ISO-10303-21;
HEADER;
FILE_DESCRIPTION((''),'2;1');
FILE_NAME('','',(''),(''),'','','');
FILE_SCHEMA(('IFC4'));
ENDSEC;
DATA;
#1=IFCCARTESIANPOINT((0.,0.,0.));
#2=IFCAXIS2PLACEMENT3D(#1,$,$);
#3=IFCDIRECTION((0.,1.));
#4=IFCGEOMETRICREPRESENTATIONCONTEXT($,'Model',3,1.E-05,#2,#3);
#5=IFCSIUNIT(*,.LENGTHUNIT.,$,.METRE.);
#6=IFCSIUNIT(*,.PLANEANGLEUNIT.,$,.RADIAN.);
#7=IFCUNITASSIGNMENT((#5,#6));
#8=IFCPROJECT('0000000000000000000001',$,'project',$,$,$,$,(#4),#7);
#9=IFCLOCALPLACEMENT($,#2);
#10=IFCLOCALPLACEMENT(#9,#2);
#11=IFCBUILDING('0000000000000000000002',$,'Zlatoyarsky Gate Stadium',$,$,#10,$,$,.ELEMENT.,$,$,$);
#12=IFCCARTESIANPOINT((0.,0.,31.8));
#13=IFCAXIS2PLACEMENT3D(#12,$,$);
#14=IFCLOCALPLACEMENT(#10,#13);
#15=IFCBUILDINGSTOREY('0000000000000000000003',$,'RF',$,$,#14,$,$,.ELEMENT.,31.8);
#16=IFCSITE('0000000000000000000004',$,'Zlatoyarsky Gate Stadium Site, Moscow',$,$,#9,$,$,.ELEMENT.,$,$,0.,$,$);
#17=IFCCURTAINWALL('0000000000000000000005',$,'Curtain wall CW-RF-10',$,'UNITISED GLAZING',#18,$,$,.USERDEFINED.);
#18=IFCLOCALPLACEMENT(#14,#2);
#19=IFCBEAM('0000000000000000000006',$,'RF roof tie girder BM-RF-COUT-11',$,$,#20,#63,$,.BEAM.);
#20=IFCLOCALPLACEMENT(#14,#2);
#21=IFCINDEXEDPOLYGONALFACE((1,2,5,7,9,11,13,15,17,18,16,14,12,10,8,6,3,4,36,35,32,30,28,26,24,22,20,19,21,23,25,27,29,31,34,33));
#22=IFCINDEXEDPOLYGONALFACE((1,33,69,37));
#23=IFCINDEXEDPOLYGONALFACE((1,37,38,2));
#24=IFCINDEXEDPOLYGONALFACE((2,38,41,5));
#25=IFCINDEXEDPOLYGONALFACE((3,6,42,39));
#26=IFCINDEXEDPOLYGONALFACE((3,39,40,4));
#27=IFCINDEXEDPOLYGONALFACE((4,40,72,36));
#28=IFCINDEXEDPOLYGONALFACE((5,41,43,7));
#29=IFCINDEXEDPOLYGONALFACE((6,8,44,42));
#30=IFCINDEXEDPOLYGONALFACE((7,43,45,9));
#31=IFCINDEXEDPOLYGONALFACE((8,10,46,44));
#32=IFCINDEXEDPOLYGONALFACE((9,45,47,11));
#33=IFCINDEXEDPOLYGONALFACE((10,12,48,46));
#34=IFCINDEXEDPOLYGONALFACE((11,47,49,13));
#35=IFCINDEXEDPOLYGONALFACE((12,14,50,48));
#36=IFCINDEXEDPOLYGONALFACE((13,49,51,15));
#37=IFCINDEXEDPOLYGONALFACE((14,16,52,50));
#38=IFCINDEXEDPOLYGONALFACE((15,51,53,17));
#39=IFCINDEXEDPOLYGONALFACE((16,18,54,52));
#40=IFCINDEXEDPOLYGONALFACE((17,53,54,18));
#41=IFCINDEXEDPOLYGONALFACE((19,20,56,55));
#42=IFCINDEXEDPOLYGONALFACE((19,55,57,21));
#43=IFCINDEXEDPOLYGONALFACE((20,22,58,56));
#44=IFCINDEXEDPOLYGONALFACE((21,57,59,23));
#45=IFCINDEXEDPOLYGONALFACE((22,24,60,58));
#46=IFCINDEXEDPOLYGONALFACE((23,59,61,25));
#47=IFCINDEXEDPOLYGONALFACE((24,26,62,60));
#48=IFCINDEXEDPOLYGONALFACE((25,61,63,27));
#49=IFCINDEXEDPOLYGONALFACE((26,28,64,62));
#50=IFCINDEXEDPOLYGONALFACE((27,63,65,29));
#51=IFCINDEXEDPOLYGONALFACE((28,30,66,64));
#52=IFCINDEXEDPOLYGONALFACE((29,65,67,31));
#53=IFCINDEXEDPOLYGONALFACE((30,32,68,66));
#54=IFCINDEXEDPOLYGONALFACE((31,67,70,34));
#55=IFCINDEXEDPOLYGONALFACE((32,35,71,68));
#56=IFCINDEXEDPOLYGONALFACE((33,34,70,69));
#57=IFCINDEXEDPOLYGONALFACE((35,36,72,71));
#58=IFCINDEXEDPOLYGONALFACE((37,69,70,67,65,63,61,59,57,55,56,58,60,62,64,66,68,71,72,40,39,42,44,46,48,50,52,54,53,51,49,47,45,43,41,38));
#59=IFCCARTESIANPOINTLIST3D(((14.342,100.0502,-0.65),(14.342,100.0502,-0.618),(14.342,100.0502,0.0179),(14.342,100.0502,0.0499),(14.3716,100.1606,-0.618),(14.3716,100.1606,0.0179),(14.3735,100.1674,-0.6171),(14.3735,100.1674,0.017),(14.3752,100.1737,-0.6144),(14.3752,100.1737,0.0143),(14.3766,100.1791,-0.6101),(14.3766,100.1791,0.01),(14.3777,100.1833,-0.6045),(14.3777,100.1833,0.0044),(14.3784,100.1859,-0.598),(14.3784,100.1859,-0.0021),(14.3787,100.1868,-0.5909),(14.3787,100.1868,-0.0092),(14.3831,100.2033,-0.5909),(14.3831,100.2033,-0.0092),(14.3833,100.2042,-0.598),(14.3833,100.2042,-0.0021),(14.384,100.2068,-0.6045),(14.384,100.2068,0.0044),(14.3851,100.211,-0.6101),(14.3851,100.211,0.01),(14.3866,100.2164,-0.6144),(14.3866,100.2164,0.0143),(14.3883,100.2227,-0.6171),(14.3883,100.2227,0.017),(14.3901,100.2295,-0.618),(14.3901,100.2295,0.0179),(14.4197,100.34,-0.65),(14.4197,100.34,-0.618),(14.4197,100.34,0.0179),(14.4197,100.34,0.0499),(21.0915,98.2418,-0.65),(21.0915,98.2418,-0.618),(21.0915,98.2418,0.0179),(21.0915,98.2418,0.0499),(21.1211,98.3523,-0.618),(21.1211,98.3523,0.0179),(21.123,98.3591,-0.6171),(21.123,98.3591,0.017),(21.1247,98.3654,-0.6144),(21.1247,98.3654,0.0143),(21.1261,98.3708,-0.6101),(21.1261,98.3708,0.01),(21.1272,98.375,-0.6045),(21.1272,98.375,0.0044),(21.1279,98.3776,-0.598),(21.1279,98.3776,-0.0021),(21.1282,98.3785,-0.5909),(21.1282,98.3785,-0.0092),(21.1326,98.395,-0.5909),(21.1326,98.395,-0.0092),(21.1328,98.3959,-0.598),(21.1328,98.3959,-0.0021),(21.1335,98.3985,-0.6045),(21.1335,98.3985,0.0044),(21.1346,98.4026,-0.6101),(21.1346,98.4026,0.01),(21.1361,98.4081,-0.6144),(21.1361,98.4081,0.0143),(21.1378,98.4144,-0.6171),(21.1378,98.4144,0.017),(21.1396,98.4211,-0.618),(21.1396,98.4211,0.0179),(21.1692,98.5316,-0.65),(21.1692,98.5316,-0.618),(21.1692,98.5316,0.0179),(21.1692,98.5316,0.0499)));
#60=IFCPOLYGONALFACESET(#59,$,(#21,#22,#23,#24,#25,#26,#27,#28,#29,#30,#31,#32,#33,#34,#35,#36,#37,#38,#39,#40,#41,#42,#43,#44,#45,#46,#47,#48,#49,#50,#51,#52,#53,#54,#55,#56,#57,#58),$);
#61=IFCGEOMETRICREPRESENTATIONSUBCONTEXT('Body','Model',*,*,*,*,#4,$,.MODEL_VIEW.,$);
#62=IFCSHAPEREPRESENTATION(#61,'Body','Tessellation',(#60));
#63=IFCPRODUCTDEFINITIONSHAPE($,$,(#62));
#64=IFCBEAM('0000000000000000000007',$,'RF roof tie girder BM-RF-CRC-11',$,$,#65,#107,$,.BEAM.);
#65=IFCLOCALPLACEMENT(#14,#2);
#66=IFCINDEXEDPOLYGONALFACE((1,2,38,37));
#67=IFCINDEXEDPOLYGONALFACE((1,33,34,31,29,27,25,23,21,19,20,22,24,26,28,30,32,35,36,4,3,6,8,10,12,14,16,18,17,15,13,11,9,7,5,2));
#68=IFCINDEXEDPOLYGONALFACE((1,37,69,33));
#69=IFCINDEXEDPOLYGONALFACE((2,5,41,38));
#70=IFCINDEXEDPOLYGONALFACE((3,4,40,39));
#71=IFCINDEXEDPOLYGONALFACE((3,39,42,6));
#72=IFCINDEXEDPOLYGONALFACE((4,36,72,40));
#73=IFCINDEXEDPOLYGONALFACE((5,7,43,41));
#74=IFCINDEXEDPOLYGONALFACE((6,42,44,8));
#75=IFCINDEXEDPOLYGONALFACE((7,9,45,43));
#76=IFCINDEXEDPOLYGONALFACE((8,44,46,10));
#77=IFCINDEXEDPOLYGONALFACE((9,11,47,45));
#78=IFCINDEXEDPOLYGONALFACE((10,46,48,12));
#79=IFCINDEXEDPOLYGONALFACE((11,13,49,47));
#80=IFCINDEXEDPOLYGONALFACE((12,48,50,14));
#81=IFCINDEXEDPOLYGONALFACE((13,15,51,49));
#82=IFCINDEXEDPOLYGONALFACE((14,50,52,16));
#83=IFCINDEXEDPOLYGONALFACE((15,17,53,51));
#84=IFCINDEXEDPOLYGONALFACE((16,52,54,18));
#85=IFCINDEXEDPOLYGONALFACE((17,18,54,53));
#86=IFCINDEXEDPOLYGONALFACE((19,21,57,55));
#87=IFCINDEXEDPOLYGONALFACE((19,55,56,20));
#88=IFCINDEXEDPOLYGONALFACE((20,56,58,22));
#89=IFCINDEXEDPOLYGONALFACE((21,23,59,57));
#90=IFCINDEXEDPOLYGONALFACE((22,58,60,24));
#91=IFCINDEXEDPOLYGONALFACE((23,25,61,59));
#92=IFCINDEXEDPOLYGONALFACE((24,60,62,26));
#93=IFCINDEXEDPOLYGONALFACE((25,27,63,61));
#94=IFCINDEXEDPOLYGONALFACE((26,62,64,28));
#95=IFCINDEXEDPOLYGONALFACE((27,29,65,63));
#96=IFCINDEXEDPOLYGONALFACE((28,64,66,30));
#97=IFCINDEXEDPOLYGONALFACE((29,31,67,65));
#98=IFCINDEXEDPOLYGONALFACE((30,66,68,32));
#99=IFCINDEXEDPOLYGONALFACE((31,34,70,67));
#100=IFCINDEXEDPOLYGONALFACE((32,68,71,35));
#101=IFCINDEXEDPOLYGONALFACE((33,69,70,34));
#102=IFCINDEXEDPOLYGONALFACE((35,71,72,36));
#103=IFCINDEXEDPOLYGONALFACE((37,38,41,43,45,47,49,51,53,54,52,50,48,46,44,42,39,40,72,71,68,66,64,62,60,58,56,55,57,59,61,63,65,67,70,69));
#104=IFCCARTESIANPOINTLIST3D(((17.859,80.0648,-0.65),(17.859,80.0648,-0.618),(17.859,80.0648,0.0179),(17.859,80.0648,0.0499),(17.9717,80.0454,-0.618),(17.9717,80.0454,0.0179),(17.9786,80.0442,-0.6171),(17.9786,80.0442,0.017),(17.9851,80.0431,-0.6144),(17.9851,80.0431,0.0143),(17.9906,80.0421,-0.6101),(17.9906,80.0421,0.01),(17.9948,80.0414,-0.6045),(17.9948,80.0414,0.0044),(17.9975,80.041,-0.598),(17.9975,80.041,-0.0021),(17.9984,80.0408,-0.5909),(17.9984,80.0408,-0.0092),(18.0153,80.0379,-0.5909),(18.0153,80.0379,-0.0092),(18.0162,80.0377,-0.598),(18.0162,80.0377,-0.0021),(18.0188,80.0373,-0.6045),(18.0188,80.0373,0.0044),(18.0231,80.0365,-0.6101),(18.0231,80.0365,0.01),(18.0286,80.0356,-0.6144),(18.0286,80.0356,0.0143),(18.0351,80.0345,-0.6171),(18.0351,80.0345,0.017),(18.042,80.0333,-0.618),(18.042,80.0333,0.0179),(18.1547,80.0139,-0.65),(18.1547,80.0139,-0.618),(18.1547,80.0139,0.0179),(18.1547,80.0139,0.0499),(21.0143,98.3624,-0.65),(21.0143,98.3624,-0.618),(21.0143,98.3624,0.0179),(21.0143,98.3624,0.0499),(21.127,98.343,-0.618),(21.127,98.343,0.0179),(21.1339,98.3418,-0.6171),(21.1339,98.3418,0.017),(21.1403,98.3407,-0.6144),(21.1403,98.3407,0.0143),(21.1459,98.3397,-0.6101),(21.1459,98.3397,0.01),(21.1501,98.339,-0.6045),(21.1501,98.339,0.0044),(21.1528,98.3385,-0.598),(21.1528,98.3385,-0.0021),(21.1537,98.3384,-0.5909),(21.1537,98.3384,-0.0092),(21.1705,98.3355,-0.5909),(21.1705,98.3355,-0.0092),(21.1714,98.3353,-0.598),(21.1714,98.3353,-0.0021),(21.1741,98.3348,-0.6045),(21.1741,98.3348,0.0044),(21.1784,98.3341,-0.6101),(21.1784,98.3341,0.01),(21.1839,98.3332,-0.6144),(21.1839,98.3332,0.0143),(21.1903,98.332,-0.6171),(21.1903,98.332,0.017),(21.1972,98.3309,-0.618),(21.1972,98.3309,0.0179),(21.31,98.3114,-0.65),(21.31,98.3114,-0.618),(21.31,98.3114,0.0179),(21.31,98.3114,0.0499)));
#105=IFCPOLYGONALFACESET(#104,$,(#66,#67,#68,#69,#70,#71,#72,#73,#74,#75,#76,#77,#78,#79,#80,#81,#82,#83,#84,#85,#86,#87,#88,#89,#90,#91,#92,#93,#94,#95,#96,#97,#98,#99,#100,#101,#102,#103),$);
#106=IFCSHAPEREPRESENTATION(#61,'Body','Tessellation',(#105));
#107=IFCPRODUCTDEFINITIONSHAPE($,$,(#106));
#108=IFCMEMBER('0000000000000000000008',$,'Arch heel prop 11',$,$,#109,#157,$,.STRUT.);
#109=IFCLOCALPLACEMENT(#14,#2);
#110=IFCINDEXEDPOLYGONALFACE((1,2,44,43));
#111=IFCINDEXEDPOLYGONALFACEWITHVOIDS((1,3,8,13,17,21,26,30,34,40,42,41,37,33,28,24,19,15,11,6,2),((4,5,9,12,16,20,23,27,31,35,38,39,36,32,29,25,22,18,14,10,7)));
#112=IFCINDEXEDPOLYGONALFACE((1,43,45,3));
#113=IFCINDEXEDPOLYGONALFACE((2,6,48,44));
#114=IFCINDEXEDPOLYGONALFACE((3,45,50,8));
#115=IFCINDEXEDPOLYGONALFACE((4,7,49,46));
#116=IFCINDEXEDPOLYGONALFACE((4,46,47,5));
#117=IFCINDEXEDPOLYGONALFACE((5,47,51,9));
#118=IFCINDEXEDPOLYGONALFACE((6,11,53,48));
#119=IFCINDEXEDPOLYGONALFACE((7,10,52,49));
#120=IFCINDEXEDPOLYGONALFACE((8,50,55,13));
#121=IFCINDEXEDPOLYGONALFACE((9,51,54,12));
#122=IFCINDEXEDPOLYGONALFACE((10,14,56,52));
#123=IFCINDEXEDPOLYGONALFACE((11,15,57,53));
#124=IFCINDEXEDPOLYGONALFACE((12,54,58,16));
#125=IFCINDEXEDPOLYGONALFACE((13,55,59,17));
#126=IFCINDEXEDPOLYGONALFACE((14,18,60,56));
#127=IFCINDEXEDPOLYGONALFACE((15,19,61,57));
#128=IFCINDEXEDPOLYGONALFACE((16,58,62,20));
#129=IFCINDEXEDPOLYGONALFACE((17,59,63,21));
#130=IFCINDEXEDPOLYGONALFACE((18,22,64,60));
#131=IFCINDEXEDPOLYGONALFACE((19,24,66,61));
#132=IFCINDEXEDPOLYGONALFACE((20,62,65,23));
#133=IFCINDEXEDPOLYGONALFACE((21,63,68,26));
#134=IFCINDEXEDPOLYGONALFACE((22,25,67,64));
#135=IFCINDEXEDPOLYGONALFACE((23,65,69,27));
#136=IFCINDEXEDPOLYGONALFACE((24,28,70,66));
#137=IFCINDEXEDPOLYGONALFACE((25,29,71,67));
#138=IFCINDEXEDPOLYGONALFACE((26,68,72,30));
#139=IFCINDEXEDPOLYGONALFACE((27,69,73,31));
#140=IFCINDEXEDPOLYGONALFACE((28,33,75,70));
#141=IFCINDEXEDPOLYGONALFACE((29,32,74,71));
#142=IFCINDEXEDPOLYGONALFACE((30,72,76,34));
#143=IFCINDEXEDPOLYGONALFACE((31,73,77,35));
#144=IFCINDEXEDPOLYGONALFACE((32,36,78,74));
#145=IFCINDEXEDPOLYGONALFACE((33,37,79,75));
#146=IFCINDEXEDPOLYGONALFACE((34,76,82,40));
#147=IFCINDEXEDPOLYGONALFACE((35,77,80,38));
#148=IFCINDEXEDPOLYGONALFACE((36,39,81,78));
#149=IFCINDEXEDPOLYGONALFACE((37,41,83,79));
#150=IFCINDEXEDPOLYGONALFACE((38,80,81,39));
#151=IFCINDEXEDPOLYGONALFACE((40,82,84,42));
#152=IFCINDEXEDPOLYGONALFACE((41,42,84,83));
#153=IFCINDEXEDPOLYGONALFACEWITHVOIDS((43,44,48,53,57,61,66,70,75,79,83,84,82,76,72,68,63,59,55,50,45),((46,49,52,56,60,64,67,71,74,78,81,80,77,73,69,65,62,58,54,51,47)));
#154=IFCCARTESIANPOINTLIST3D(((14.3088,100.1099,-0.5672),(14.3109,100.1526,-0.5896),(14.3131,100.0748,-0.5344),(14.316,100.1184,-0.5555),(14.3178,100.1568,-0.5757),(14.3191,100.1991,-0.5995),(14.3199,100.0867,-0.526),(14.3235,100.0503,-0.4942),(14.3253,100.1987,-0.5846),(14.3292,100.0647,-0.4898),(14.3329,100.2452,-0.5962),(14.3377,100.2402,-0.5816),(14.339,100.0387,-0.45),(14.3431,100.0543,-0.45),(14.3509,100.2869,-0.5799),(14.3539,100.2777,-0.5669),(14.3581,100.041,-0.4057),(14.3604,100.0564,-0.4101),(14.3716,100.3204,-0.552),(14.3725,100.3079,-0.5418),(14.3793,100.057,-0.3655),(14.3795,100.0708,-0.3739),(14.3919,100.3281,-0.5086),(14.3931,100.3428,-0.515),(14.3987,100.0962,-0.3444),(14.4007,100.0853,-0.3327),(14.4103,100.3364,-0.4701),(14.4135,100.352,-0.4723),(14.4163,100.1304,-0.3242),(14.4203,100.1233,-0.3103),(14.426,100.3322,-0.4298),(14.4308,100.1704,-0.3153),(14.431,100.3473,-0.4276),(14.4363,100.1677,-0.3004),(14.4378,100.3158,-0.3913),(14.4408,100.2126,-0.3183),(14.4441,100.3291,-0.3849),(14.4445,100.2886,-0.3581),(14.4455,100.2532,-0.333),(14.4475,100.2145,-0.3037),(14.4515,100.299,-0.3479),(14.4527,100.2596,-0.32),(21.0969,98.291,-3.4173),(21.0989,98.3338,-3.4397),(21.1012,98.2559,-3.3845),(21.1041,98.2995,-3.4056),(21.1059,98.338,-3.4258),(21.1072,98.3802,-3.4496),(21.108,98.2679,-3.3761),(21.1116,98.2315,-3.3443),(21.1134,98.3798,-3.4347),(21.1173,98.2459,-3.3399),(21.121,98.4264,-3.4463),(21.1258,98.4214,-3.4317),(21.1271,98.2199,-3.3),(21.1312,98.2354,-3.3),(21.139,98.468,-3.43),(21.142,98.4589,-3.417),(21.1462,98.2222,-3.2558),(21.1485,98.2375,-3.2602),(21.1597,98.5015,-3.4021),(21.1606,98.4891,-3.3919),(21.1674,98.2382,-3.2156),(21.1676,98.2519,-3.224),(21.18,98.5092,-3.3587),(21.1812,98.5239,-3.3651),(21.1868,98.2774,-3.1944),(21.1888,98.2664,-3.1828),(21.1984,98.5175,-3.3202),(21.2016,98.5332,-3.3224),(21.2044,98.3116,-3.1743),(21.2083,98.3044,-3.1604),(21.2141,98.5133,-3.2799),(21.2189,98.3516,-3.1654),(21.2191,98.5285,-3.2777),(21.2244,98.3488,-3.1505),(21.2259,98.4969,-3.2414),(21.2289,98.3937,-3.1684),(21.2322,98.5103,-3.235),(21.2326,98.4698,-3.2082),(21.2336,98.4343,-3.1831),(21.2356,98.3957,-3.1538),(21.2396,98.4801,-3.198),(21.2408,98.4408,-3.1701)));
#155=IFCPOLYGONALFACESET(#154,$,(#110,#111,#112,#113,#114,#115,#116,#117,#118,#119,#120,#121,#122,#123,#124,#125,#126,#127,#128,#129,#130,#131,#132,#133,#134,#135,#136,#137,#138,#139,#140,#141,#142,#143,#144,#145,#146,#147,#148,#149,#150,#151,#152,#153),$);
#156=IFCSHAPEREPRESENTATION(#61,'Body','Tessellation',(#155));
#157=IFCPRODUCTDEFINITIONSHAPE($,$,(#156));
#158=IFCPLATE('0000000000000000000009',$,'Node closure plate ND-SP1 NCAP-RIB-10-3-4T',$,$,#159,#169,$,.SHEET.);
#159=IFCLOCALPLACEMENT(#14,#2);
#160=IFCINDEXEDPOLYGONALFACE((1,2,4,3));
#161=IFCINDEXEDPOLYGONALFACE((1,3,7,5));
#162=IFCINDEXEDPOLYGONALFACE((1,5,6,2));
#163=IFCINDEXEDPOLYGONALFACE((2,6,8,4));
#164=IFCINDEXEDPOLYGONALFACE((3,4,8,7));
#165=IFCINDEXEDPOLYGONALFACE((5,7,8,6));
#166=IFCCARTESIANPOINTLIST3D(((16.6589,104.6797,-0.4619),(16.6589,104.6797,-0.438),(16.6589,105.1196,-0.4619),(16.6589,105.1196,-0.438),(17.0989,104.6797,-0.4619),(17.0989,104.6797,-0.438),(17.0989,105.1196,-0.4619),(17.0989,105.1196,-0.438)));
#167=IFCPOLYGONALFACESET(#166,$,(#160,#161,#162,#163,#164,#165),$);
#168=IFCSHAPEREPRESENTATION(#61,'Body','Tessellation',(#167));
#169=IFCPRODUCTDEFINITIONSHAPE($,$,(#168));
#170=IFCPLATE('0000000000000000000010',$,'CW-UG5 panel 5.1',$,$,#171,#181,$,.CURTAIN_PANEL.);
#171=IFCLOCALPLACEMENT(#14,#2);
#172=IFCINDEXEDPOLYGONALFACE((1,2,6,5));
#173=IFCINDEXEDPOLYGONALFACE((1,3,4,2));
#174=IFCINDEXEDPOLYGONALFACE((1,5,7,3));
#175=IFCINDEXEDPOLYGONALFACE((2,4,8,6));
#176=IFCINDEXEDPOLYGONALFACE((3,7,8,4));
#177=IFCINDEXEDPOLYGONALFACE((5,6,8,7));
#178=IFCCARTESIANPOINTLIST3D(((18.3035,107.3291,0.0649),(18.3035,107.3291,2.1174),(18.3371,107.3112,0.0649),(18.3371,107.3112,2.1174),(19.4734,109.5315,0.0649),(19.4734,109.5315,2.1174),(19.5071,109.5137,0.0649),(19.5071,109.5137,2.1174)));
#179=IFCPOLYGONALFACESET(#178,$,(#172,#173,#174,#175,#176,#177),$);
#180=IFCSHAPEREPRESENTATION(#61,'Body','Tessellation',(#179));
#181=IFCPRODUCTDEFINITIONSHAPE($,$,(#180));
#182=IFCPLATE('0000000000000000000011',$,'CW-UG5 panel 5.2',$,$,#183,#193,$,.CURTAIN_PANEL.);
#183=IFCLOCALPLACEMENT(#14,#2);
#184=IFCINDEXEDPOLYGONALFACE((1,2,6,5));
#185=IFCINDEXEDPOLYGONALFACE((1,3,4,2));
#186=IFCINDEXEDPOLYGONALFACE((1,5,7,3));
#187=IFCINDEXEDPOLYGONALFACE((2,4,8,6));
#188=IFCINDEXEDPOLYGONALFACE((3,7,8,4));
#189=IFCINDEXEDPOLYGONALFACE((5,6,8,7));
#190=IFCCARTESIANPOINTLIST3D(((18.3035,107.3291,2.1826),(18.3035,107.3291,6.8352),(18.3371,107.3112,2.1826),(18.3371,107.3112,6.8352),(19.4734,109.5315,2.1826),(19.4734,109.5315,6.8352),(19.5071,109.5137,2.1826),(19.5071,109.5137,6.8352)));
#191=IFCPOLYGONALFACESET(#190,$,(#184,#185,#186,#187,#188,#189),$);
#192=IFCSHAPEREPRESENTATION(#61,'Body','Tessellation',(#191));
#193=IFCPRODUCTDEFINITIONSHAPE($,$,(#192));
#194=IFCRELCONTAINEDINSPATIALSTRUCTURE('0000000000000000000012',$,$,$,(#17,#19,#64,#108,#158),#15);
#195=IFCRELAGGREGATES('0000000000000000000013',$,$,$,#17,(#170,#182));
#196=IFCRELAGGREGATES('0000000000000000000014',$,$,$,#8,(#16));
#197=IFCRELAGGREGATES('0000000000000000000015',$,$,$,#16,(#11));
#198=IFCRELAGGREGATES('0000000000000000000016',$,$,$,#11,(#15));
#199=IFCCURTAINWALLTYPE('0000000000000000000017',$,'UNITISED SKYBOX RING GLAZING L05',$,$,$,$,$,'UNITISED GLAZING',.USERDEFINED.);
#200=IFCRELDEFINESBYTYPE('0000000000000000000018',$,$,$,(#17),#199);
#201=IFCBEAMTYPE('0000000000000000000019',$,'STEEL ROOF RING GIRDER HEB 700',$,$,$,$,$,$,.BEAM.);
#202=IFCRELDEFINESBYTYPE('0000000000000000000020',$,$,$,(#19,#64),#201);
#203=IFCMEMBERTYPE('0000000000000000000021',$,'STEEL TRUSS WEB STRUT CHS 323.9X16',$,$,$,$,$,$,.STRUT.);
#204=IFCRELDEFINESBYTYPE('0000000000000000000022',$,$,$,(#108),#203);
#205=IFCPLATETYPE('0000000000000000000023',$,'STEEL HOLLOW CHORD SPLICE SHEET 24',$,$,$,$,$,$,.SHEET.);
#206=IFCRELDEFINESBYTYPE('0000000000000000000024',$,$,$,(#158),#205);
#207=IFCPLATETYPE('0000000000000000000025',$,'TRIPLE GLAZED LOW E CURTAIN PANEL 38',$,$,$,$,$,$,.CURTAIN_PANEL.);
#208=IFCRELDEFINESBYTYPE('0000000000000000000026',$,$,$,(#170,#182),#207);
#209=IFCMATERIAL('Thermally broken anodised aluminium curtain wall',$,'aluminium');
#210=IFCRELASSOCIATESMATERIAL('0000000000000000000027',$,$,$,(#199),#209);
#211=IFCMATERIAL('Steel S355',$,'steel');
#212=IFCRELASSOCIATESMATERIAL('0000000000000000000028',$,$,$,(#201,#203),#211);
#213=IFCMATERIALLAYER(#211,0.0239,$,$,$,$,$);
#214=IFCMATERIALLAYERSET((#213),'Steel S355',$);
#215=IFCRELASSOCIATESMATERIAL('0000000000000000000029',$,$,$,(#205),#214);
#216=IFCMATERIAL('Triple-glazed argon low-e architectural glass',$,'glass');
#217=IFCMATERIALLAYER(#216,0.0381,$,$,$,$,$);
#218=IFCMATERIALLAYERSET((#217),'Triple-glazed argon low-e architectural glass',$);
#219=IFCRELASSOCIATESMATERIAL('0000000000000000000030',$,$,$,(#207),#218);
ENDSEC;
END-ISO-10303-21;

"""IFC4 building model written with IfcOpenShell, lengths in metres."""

from ifc_helpers import new_model, si_unit, direction, frame, origin, origin_2d, place, context, subcontext, project, spatial, rectangle, hollow_circle, i_section, extrude, material, layer, layer_set, material_profile, profile_set, type_object, element, aggregate, save


model = new_model("IFC4")

# Units and contexts
model_context = context("Model", 3, precision=1e-05, world=origin(), true_north=direction((0.0, 1.0)))
body_context = subcontext(model_context, "Body", "Model", "MODEL_VIEW")
ifc_project = project(units=[si_unit("LENGTHUNIT", "METRE"), si_unit("PLANEANGLEUNIT", "RADIAN")], contexts=[model_context])

# Site, building, storey
site_placement = place(None, origin())
site = spatial("IfcSite", under=ifc_project, at=site_placement, Name="Zlatoyarsky Gate Stadium Site, Moscow", CompositionType="ELEMENT", RefElevation=0.0)
building_placement = place(site_placement, origin())
building = spatial("IfcBuilding", under=site, at=building_placement, Name="Zlatoyarsky Gate Stadium", CompositionType="ELEMENT")
storey_placement = place(building_placement, frame((0.0, 0.0, 31.8)))
storey = spatial("IfcBuildingStorey", under=building, at=storey_placement, Name="RF", CompositionType="ELEMENT", Elevation=31.8)

# Curtain wall
ifc_material_1 = material(Name="Thermally broken anodised aluminium curtain wall", Category="aluminium")
curtain_wall_type = type_object("IfcCurtainWallType", Name="UNITISED SKYBOX RING GLAZING L05", ElementType="UNITISED GLAZING", PredefinedType="USERDEFINED", material=ifc_material_1)
curtain_wall_placement = place(storey_placement, origin())
curtain_wall = element("IfcCurtainWall", 1, at=curtain_wall_placement, inside=storey, type_object=curtain_wall_type, Name="Curtain wall CW-RF-10", ObjectType="UNITISED GLAZING", PredefinedType="USERDEFINED")

# Shared definitions
ifc_material_2 = material(Name="Steel S355", Category="steel")

# Beams
ifc_material_profile_1 = material_profile(ifc_material_2, i_section(OverallWidth=0.3, OverallDepth=0.7, WebThickness=0.0171, FlangeThickness=0.032, FilletRadius=0.0271, at=origin_2d()), Name="HEB 700")
ifc_profile_set_1 = profile_set([ifc_material_profile_1], Name="Steel S355")
beam_type = type_object("IfcBeamType", Name="STEEL ROOF RING GIRDER HEB 700", PredefinedType="BEAM", material=ifc_profile_set_1)
beam_1_placement = place(storey_placement, frame((21.1304, 98.3867, -0.3), z_axis=(-0.965932, 0.258795, 0.0), x_axis=(-0.258795, -0.965932, 0.0)))
element("IfcBeam", 2, at=beam_1_placement, inside=storey, type_object=beam_type, Name="RF roof tie girder BM-RF-COUT-11", PredefinedType="BEAM", context=body_context, shape_type="SweptSolid", body=[
    extrude(i_section(OverallWidth=0.3, OverallDepth=0.7, WebThickness=0.0171, FlangeThickness=0.032, FilletRadius=0.0271, at=origin_2d()), origin(), (0.0, 0.0, 1.0), 6.9875),
])
beam_2_placement = place(storey_placement, frame((21.1621, 98.3369, -0.3), z_axis=(-0.169934, -0.985455, 0.0), x_axis=(0.985455, -0.169934, 0.0)))
element("IfcBeam", 3, at=beam_2_placement, inside=storey, type_object=beam_type, Name="RF roof tie girder BM-RF-CRC-11", PredefinedType="BEAM", context=body_context, shape_type="SweptSolid", body=[
    extrude(i_section(OverallWidth=0.3, OverallDepth=0.7, WebThickness=0.0171, FlangeThickness=0.032, FilletRadius=0.0271, at=origin_2d()), origin(), (0.0, 0.0, 1.0), 18.5676),
])

# Member
ifc_material_profile_2 = material_profile(ifc_material_2, hollow_circle(Radius=0.1619, WallThickness=0.0161, at=origin_2d()), Name="CHS 323.9X16")
ifc_profile_set_2 = profile_set([ifc_material_profile_2], Name="Steel S355")
member_type_1 = type_object("IfcMemberType", Name="STEEL TRUSS WEB STRUT CHS 323.9X16", PredefinedType="STRUT", material=ifc_profile_set_2)
member_1_placement = place(storey_placement, frame((21.1689, 98.3762, -3.3), z_axis=(-0.895113, 0.239843, 0.375829), x_axis=(-0.258817, -0.965926, 0.0)))
element("IfcMember", 4, at=member_1_placement, inside=storey, type_object=member_type_1, Name="Arch heel prop 11", PredefinedType="STRUT", context=body_context, shape_type="SweptSolid", body=[
    extrude(hollow_circle(Radius=0.1619, WallThickness=0.0161, at=origin_2d()), origin(), (0.0, 0.0, 1.0), 7.5835),
])

# Plates
ifc_layer_1 = layer(ifc_material_2, 0.0239)
ifc_layer_set_1 = layer_set([ifc_layer_1], Name="Steel S355")
plate_type_1 = type_object("IfcPlateType", Name="STEEL HOLLOW CHORD SPLICE SHEET 24", PredefinedType="SHEET", material=ifc_layer_set_1)
plate_1_placement = place(storey_placement, frame((16.8789, 104.8997, -0.4619), z_axis=(0.0, 0.0, 1.0), x_axis=(1.0, 0.0, 0.0)))
element("IfcPlate", 5, at=plate_1_placement, inside=storey, type_object=plate_type_1, Name="Node closure plate ND-SP1 NCAP-RIB-10-3-4T", PredefinedType="SHEET", context=body_context, shape_type="SweptSolid", body=[
    extrude(rectangle(XDim=0.4399, YDim=0.4399, at=origin_2d()), origin(), (0.0, 0.0, 1.0), 0.0239),
])
ifc_material_3 = material(Name="Triple-glazed argon low-e architectural glass", Category="glass")
ifc_layer_2 = layer(ifc_material_3, 0.0381)
ifc_layer_set_2 = layer_set([ifc_layer_2], Name="Triple-glazed argon low-e architectural glass")
plate_type_2 = type_object("IfcPlateType", Name="TRIPLE GLAZED LOW E CURTAIN PANEL 38", PredefinedType="CURTAIN_PANEL", material=ifc_layer_set_2)
plate_2_placement = place(storey_placement, frame((18.9053, 108.4214, 0.0649), z_axis=(0.0, 0.0, 1.0), x_axis=(-0.469127, -0.883131, 0.0)))
plate_2 = element("IfcPlate", 6, at=plate_2_placement, type_object=plate_type_2, Name="CW-UG5 panel 5.1", PredefinedType="CURTAIN_PANEL", context=body_context, shape_type="SweptSolid", body=[
    extrude(rectangle(XDim=2.4939, YDim=0.0381, at=origin_2d()), origin(), (0.0, 0.0, 1.0), 2.0525),
])
plate_3_placement = place(storey_placement, frame((18.9053, 108.4214, 2.1826), z_axis=(0.0, 0.0, 1.0), x_axis=(-0.469127, -0.883131, 0.0)))
plate_3 = element("IfcPlate", 7, at=plate_3_placement, type_object=plate_type_2, Name="CW-UG5 panel 5.2", PredefinedType="CURTAIN_PANEL", context=body_context, shape_type="SweptSolid", body=[
    extrude(rectangle(XDim=2.4939, YDim=0.0381, at=origin_2d()), origin(), (0.0, 0.0, 1.0), 4.6526),
])
aggregate(curtain_wall, [plate_2, plate_3])

save(model, "model.ifc")
